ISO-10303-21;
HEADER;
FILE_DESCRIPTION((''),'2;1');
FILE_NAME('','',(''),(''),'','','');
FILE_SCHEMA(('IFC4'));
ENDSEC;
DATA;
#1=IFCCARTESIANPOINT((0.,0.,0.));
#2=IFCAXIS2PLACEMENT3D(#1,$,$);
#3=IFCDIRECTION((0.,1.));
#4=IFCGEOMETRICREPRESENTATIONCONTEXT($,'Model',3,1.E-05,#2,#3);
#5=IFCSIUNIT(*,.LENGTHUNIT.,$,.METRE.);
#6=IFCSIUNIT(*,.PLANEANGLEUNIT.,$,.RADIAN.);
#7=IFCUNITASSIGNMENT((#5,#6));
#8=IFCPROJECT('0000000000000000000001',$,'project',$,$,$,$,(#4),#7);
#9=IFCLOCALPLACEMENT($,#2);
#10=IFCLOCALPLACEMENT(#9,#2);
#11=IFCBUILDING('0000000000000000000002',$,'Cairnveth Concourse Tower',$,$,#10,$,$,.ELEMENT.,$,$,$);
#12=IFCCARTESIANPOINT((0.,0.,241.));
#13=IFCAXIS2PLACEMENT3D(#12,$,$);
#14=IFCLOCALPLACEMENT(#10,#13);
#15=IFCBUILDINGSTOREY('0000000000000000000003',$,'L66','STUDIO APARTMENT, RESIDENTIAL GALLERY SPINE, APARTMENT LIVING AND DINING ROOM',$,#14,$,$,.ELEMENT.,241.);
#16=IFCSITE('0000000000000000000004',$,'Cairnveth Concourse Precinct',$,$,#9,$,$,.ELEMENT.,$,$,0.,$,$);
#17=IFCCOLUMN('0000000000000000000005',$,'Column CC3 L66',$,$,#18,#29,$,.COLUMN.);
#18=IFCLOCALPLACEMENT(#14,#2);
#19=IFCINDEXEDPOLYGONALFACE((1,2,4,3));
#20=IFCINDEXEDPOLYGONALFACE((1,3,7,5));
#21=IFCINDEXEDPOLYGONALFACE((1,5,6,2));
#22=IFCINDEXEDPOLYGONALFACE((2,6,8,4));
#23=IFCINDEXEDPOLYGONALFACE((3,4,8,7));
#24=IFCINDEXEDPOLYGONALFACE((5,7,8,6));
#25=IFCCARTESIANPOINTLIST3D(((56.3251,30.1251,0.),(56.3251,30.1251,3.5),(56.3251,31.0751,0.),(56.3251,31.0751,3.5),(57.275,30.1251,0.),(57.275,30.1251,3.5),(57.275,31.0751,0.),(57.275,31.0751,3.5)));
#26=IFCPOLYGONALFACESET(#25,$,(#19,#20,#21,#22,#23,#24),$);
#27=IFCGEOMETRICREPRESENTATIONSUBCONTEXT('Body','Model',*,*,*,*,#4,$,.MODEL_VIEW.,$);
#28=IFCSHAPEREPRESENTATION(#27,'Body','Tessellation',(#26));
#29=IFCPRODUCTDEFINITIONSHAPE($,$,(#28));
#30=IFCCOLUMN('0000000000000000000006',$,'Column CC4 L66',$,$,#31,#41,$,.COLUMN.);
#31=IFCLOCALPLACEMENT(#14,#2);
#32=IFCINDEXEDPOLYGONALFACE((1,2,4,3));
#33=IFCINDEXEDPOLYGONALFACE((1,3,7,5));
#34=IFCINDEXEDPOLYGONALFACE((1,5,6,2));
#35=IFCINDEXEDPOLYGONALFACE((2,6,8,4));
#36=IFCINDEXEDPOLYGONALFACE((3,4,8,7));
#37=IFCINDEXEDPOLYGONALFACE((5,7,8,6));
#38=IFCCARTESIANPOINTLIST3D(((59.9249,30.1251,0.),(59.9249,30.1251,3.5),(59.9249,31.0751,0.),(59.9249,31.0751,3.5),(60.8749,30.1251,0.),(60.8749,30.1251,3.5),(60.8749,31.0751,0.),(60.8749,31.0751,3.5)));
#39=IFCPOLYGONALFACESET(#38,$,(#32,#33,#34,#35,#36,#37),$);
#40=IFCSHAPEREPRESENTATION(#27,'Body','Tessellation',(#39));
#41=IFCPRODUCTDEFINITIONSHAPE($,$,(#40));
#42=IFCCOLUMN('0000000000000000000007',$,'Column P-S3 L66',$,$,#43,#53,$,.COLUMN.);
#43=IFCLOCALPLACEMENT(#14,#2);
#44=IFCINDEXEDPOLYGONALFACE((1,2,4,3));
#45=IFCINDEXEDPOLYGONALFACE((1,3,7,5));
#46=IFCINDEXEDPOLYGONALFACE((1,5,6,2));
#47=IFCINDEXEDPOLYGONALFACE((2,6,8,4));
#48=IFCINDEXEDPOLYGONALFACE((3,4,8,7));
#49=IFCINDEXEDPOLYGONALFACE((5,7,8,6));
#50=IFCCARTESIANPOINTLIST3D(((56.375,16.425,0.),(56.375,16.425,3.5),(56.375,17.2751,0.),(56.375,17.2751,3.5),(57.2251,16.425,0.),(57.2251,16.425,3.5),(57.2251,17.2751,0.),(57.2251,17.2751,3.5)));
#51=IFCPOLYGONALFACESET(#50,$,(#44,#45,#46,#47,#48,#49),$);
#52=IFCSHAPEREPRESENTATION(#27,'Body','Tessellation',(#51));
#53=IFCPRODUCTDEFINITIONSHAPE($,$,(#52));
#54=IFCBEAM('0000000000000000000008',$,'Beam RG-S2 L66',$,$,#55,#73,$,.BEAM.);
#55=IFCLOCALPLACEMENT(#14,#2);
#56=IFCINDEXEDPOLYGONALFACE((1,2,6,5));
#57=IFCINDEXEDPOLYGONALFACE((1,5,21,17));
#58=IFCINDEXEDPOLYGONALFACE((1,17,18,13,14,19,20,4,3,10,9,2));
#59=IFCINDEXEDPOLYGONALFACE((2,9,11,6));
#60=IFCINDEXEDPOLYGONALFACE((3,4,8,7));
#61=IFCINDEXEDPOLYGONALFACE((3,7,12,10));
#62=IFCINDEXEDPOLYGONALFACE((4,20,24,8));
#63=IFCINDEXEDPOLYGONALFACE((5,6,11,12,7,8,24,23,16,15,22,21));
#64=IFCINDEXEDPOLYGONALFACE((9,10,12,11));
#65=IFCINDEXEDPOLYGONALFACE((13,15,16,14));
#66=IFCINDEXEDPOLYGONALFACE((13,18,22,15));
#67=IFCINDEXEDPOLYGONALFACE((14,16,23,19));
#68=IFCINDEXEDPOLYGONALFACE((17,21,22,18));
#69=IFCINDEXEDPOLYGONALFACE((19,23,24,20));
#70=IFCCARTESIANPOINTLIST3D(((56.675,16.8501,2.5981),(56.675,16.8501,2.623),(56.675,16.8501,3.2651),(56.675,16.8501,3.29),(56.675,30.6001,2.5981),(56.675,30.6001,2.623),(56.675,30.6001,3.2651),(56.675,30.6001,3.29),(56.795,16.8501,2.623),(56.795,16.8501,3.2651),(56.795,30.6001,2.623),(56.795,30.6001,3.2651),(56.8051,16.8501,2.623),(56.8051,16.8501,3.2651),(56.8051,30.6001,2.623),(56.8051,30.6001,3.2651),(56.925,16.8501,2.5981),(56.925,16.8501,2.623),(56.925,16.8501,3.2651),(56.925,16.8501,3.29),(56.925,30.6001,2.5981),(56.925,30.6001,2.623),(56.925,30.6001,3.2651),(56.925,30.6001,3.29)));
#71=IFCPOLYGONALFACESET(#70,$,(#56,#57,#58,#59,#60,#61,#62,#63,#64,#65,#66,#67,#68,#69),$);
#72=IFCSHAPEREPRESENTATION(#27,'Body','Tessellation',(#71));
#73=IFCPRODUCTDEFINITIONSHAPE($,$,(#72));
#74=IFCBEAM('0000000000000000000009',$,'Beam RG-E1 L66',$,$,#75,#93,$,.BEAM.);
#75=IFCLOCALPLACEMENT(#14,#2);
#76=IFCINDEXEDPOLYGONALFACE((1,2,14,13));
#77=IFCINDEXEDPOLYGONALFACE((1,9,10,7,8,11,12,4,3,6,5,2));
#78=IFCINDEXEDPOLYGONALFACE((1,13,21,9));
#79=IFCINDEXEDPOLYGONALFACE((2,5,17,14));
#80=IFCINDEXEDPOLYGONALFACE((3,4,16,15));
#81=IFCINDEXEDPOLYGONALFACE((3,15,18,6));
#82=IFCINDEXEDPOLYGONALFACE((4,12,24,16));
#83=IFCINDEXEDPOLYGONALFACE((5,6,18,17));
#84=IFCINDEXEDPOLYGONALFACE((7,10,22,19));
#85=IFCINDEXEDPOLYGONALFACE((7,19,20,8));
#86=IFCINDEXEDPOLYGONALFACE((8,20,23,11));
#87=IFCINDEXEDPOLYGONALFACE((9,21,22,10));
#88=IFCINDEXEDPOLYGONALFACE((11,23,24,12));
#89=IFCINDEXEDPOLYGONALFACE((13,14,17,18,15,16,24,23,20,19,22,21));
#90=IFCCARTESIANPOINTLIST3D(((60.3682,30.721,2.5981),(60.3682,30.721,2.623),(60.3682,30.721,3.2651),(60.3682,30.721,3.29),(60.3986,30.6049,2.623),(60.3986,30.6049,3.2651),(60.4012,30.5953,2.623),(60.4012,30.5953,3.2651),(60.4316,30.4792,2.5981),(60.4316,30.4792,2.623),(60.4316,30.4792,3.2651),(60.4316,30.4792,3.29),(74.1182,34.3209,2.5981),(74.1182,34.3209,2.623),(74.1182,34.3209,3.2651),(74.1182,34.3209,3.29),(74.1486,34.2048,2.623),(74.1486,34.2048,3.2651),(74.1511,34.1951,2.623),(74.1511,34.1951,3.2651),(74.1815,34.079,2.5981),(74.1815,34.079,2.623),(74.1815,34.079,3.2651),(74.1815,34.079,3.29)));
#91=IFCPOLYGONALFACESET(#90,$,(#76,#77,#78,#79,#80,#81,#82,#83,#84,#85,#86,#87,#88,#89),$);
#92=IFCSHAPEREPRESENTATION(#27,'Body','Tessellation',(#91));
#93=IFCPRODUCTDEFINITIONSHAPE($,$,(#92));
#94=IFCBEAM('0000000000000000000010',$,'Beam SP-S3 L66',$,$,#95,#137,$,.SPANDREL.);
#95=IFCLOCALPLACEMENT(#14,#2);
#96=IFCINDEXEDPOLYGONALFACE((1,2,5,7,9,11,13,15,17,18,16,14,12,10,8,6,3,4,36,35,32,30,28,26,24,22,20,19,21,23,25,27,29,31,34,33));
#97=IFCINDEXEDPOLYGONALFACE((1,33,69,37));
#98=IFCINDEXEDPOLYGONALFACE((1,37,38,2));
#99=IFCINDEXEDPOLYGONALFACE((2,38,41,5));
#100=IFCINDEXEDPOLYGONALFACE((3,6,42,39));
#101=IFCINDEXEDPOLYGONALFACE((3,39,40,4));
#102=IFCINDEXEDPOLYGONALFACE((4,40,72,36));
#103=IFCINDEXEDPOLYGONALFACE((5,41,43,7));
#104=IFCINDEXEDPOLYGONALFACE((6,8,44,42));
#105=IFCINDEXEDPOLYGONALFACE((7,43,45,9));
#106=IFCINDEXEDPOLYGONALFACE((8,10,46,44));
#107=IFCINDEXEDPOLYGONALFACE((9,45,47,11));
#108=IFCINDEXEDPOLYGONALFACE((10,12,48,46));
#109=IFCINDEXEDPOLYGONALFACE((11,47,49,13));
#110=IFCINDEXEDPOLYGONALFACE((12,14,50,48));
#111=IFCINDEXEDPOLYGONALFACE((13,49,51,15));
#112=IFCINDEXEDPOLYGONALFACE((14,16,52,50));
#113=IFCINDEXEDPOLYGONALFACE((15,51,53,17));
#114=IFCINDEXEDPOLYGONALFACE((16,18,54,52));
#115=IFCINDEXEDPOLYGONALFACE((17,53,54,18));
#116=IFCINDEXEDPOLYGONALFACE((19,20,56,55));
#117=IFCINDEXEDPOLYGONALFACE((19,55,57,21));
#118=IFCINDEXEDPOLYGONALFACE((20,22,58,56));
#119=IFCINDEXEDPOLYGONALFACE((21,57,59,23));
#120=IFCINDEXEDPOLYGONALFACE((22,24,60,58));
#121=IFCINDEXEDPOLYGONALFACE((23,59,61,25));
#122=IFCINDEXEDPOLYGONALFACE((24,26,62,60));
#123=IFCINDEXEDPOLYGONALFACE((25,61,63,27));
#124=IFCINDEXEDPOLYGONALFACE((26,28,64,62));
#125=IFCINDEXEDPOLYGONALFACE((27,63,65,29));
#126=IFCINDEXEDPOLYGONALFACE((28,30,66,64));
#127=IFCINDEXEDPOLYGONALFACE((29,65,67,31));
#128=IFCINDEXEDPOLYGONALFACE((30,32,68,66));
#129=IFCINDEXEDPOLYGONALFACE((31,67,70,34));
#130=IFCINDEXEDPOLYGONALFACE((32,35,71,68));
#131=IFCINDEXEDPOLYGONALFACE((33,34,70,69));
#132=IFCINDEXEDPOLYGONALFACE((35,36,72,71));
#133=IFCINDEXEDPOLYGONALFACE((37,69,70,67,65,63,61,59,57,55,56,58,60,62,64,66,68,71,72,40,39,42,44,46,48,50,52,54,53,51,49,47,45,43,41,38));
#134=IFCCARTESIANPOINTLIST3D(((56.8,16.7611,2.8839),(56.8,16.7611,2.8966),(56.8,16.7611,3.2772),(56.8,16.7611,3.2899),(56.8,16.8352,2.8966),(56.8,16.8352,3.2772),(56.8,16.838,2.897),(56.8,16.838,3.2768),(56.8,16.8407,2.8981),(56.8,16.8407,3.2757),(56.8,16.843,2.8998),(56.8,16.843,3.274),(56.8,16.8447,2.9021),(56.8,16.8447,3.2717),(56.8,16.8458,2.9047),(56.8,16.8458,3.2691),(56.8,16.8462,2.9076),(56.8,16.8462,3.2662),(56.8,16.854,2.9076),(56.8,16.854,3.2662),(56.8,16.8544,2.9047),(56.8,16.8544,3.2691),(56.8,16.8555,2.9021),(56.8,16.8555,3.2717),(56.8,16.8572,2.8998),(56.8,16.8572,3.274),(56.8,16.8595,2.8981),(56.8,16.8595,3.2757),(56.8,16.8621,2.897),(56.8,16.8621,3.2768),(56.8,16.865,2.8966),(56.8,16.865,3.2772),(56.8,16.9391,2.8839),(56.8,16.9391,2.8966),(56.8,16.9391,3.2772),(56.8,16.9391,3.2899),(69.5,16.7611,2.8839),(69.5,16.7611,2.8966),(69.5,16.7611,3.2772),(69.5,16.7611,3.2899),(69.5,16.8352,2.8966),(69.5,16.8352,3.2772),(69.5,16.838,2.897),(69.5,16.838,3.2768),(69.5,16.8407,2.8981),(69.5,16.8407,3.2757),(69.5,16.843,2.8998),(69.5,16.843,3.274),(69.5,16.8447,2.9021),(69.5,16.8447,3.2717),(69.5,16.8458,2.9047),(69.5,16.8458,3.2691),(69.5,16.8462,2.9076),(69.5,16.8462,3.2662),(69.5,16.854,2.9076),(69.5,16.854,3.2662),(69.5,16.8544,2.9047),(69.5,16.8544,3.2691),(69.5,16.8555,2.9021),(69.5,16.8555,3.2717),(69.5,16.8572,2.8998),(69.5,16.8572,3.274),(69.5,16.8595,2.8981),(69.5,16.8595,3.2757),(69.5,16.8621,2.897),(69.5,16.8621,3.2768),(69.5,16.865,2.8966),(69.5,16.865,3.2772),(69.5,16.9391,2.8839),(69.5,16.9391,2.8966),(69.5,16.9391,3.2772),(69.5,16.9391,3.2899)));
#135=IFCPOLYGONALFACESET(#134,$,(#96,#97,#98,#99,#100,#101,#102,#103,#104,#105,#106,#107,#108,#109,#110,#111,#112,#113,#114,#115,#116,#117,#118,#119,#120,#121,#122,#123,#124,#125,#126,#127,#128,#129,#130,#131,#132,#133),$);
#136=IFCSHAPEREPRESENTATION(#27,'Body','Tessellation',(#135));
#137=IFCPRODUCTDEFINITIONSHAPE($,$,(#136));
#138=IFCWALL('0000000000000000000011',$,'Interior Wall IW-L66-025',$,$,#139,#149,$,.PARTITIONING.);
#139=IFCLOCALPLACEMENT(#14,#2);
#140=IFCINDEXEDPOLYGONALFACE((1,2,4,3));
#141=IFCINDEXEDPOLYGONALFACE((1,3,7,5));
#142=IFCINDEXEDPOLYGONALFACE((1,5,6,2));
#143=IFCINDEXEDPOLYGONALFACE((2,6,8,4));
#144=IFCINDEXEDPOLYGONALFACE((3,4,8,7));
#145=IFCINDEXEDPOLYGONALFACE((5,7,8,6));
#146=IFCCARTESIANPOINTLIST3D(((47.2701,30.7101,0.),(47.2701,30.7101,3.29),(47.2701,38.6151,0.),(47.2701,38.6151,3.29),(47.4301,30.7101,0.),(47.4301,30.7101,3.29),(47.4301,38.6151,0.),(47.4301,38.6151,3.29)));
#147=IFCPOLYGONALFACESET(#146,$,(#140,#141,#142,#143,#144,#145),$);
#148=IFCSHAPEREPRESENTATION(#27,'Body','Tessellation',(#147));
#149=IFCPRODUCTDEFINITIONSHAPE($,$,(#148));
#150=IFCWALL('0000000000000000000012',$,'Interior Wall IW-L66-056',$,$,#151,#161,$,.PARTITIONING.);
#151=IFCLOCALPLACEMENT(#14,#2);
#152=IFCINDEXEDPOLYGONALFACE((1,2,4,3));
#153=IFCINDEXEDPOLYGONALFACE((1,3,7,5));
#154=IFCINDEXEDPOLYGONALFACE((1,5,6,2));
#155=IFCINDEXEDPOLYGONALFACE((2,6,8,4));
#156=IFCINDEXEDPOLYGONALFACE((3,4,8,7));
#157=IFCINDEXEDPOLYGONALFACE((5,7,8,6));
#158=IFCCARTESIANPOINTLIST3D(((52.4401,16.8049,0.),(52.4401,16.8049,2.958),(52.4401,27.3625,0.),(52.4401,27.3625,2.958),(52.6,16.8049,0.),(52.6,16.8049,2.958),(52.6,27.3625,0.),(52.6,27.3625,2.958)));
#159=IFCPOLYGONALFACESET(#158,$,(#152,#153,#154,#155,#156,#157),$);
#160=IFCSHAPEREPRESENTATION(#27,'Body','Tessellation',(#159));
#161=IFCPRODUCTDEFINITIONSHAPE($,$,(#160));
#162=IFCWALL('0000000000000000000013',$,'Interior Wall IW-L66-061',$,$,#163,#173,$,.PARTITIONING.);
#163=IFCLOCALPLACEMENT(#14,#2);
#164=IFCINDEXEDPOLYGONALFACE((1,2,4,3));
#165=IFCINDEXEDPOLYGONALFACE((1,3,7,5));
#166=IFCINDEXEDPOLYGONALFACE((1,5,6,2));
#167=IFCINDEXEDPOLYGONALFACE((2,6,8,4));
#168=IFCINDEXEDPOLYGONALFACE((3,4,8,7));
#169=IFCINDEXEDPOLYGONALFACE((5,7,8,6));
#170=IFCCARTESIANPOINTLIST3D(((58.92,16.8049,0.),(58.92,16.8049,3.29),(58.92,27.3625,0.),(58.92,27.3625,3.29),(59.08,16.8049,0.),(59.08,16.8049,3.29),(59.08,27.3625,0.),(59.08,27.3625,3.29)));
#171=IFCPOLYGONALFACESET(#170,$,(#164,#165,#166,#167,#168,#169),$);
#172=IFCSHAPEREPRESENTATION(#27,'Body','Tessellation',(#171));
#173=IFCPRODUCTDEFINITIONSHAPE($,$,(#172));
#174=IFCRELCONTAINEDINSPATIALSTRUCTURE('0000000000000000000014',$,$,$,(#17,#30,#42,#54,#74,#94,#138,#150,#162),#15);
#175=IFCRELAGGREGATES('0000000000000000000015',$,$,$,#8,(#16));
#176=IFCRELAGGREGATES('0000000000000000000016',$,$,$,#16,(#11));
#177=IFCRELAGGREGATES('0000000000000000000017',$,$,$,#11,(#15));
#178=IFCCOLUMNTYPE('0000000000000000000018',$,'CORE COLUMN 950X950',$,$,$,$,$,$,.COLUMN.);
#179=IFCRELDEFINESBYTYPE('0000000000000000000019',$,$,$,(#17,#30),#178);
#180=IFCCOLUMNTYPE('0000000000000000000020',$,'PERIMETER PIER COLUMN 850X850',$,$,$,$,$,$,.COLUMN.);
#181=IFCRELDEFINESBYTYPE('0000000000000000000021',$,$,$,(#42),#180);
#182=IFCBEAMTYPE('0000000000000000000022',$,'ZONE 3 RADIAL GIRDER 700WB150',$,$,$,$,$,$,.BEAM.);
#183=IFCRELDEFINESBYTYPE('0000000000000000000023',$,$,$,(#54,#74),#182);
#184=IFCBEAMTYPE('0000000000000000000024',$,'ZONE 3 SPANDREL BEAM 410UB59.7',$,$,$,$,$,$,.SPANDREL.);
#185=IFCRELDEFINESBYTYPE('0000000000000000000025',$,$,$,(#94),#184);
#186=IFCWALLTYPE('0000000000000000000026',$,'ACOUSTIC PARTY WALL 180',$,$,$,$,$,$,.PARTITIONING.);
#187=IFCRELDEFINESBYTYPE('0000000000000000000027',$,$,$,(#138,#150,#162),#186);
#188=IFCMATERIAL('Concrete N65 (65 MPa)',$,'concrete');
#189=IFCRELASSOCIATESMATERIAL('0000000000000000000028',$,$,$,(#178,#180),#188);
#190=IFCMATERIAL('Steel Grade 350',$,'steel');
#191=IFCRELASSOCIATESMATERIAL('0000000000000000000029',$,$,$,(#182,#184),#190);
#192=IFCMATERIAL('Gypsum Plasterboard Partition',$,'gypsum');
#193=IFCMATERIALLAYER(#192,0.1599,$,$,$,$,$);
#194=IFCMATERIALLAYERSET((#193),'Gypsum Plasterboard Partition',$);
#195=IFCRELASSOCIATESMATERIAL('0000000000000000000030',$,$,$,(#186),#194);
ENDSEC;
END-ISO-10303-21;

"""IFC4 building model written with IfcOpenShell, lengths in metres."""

from ifc_helpers import new_model, si_unit, direction, frame, frame_2d, origin, origin_2d, place, context, subcontext, project, spatial, rectangle, i_section, extrude, material, layer, layer_set, material_profile, profile_set, type_object, element, save


model = new_model("IFC4")

# Units and contexts
model_context = context("Model", 3, precision=1e-05, world=origin(), true_north=direction((0.0, 1.0)))
body_context = subcontext(model_context, "Body", "Model", "MODEL_VIEW")
ifc_project = project(units=[si_unit("LENGTHUNIT", "METRE"), si_unit("PLANEANGLEUNIT", "RADIAN")], contexts=[model_context])

# Site, building, storey
site_placement = place(None, origin())
site = spatial("IfcSite", under=ifc_project, at=site_placement, Name="Cairnveth Concourse Precinct", CompositionType="ELEMENT", RefElevation=0.0)
building_placement = place(site_placement, origin())
building = spatial("IfcBuilding", under=site, at=building_placement, Name="Cairnveth Concourse Tower", CompositionType="ELEMENT")
storey_placement = place(building_placement, frame((0.0, 0.0, 241.0)))
storey = spatial("IfcBuildingStorey", under=building, at=storey_placement, Name="L66", Description="STUDIO APARTMENT, RESIDENTIAL GALLERY SPINE, APARTMENT LIVING AND DINING ROOM", CompositionType="ELEMENT", Elevation=241.0)

# Columns
ifc_material_1 = material(Name="Concrete N65 (65 MPa)", Category="concrete")
ifc_material_profile_1 = material_profile(ifc_material_1, rectangle(XDim=0.95, YDim=0.95, at=origin_2d()), Name="RC-COL-950x950")
ifc_profile_set_1 = profile_set([ifc_material_profile_1], Name="Concrete N65 (65 MPa)")
column_type_1 = type_object("IfcColumnType", Name="CORE COLUMN 950X950", PredefinedType="COLUMN", material=ifc_profile_set_1)
for number, where, z_axis, x_axis, name in (
    (1, (56.8, 30.6001, 0.0), (0.0, 0.0, 1.0), (1.0, 0.0, 0.0), "Column CC3 L66"),
    (2, (60.3999, 30.6001, 0.0), (0.0, 0.0, 1.0), (1.0, 0.0, 0.0), "Column CC4 L66"),
):
    element("IfcColumn", number, at=place(storey_placement, frame(where, z_axis=z_axis, x_axis=x_axis)), inside=storey, type_object=column_type_1, Name=name, PredefinedType="COLUMN", context=body_context, shape_type="SweptSolid", body=[
        extrude(rectangle(XDim=0.95, YDim=0.95, at=origin_2d()), origin(), (0.0, 0.0, 1.0), 3.5),
    ])
ifc_material_profile_2 = material_profile(ifc_material_1, rectangle(XDim=0.8501, YDim=0.8501, at=origin_2d()), Name="RC-COL-850x850")
ifc_profile_set_2 = profile_set([ifc_material_profile_2], Name="Concrete N65 (65 MPa)")
column_type_2 = type_object("IfcColumnType", Name="PERIMETER PIER COLUMN 850X850", PredefinedType="COLUMN", material=ifc_profile_set_2)
column_placement = place(storey_placement, frame((56.8, 16.8501, 0.0), z_axis=(0.0, 0.0, 1.0), x_axis=(1.0, 0.0, 0.0)))
element("IfcColumn", 3, at=column_placement, inside=storey, type_object=column_type_2, Name="Column P-S3 L66", PredefinedType="COLUMN", context=body_context, shape_type="SweptSolid", body=[
    extrude(rectangle(XDim=0.8501, YDim=0.8501, at=origin_2d()), origin(), (0.0, 0.0, 1.0), 3.5),
])

# Beams
ifc_material_2 = material(Name="Steel Grade 350", Category="steel")
ifc_material_profile_3 = material_profile(ifc_material_2, i_section(OverallWidth=0.25, OverallDepth=0.6919, WebThickness=0.01, FlangeThickness=0.0249, at=origin_2d()), Name="700WB150")
ifc_profile_set_3 = profile_set([ifc_material_profile_3], Name="Steel Grade 350")
beam_type_1 = type_object("IfcBeamType", Name="ZONE 3 RADIAL GIRDER 700WB150", PredefinedType="BEAM", material=ifc_profile_set_3)
beam_1_placement = place(storey_placement, frame((56.8, 16.8501, 2.9441), z_axis=(0.0, 1.0, 0.0), x_axis=(-1.0, 0.0, 0.0)))
element("IfcBeam", 4, at=beam_1_placement, inside=storey, type_object=beam_type_1, Name="Beam RG-S2 L66", PredefinedType="BEAM", context=body_context, shape_type="SweptSolid", body=[
    extrude(i_section(OverallWidth=0.25, OverallDepth=0.6919, WebThickness=0.01, FlangeThickness=0.0249, at=origin_2d()), origin(), (0.0, 0.0, 1.0), 13.75),
])
beam_2_placement = place(storey_placement, frame((60.3999, 30.6001, 2.9441), z_axis=(0.967395, 0.253271, 0.0), x_axis=(-0.253271, 0.967395, 0.0)))
element("IfcBeam", 5, at=beam_2_placement, inside=storey, type_object=beam_type_1, Name="Beam RG-E1 L66", PredefinedType="BEAM", context=body_context, shape_type="SweptSolid", body=[
    extrude(i_section(OverallWidth=0.25, OverallDepth=0.6919, WebThickness=0.01, FlangeThickness=0.0249, at=origin_2d()), origin(), (0.0, 0.0, 1.0), 14.2134),
])
ifc_material_profile_4 = material_profile(ifc_material_2, i_section(OverallWidth=0.178, OverallDepth=0.406, WebThickness=0.0078, FlangeThickness=0.0127, FilletRadius=0.011, at=origin_2d()), Name="410UB59.7")
ifc_profile_set_4 = profile_set([ifc_material_profile_4], Name="Steel Grade 350")
beam_type_2 = type_object("IfcBeamType", Name="ZONE 3 SPANDREL BEAM 410UB59.7", PredefinedType="SPANDREL", material=ifc_profile_set_4)
beam_3_placement = place(storey_placement, frame((56.8, 16.8501, 3.0869), z_axis=(1.0, 0.0, 0.0), x_axis=(0.0, 1.0, 0.0)))
element("IfcBeam", 6, at=beam_3_placement, inside=storey, type_object=beam_type_2, Name="Beam SP-S3 L66", PredefinedType="SPANDREL", context=body_context, shape_type="SweptSolid", body=[
    extrude(i_section(OverallWidth=0.178, OverallDepth=0.406, WebThickness=0.0078, FlangeThickness=0.0127, FilletRadius=0.011, at=origin_2d()), origin(), (0.0, 0.0, 1.0), 12.7),
])

# Walls
ifc_material_3 = material(Name="Gypsum Plasterboard Partition", Category="gypsum")
ifc_layer_1 = layer(ifc_material_3, 0.1599)
ifc_layer_set_1 = layer_set([ifc_layer_1], Name="Gypsum Plasterboard Partition")
wall_type_1 = type_object("IfcWallType", Name="ACOUSTIC PARTY WALL 180", PredefinedType="PARTITIONING", material=ifc_layer_set_1)
wall_1_placement = place(storey_placement, frame((47.3501, 30.71, 0.0), z_axis=(0.0, 0.0, 1.0), x_axis=(0.0, 1.0, 0.0)))
element("IfcWall", 7, at=wall_1_placement, inside=storey, type_object=wall_type_1, Name="Interior Wall IW-L66-025", PredefinedType="PARTITIONING", context=body_context, shape_type="SweptSolid", body=[
    extrude(rectangle(XDim=7.905, YDim=0.1599, at=frame_2d((3.9526, 0.0))), origin(), (0.0, 0.0, 1.0), 3.29),
])
wall_2_placement = place(storey_placement, frame((52.52, 16.8049, 0.0), z_axis=(0.0, 0.0, 1.0), x_axis=(0.0, 1.0, 0.0)))
element("IfcWall", 8, at=wall_2_placement, inside=storey, type_object=wall_type_1, Name="Interior Wall IW-L66-056", PredefinedType="PARTITIONING", context=body_context, shape_type="SweptSolid", body=[
    extrude(rectangle(XDim=10.5576, YDim=0.1599, at=frame_2d((5.2788, 0.0))), origin(), (0.0, 0.0, 1.0), 2.958),
])
wall_3_placement = place(storey_placement, frame((59.0, 16.8049, 0.0), z_axis=(0.0, 0.0, 1.0), x_axis=(0.0, 1.0, 0.0)))
element("IfcWall", 9, at=wall_3_placement, inside=storey, type_object=wall_type_1, Name="Interior Wall IW-L66-061", PredefinedType="PARTITIONING", context=body_context, shape_type="SweptSolid", body=[
    extrude(rectangle(XDim=10.5576, YDim=0.1599, at=frame_2d((5.2788, 0.0))), origin(), (0.0, 0.0, 1.0), 3.29),
])

save(model, "model.ifc")
